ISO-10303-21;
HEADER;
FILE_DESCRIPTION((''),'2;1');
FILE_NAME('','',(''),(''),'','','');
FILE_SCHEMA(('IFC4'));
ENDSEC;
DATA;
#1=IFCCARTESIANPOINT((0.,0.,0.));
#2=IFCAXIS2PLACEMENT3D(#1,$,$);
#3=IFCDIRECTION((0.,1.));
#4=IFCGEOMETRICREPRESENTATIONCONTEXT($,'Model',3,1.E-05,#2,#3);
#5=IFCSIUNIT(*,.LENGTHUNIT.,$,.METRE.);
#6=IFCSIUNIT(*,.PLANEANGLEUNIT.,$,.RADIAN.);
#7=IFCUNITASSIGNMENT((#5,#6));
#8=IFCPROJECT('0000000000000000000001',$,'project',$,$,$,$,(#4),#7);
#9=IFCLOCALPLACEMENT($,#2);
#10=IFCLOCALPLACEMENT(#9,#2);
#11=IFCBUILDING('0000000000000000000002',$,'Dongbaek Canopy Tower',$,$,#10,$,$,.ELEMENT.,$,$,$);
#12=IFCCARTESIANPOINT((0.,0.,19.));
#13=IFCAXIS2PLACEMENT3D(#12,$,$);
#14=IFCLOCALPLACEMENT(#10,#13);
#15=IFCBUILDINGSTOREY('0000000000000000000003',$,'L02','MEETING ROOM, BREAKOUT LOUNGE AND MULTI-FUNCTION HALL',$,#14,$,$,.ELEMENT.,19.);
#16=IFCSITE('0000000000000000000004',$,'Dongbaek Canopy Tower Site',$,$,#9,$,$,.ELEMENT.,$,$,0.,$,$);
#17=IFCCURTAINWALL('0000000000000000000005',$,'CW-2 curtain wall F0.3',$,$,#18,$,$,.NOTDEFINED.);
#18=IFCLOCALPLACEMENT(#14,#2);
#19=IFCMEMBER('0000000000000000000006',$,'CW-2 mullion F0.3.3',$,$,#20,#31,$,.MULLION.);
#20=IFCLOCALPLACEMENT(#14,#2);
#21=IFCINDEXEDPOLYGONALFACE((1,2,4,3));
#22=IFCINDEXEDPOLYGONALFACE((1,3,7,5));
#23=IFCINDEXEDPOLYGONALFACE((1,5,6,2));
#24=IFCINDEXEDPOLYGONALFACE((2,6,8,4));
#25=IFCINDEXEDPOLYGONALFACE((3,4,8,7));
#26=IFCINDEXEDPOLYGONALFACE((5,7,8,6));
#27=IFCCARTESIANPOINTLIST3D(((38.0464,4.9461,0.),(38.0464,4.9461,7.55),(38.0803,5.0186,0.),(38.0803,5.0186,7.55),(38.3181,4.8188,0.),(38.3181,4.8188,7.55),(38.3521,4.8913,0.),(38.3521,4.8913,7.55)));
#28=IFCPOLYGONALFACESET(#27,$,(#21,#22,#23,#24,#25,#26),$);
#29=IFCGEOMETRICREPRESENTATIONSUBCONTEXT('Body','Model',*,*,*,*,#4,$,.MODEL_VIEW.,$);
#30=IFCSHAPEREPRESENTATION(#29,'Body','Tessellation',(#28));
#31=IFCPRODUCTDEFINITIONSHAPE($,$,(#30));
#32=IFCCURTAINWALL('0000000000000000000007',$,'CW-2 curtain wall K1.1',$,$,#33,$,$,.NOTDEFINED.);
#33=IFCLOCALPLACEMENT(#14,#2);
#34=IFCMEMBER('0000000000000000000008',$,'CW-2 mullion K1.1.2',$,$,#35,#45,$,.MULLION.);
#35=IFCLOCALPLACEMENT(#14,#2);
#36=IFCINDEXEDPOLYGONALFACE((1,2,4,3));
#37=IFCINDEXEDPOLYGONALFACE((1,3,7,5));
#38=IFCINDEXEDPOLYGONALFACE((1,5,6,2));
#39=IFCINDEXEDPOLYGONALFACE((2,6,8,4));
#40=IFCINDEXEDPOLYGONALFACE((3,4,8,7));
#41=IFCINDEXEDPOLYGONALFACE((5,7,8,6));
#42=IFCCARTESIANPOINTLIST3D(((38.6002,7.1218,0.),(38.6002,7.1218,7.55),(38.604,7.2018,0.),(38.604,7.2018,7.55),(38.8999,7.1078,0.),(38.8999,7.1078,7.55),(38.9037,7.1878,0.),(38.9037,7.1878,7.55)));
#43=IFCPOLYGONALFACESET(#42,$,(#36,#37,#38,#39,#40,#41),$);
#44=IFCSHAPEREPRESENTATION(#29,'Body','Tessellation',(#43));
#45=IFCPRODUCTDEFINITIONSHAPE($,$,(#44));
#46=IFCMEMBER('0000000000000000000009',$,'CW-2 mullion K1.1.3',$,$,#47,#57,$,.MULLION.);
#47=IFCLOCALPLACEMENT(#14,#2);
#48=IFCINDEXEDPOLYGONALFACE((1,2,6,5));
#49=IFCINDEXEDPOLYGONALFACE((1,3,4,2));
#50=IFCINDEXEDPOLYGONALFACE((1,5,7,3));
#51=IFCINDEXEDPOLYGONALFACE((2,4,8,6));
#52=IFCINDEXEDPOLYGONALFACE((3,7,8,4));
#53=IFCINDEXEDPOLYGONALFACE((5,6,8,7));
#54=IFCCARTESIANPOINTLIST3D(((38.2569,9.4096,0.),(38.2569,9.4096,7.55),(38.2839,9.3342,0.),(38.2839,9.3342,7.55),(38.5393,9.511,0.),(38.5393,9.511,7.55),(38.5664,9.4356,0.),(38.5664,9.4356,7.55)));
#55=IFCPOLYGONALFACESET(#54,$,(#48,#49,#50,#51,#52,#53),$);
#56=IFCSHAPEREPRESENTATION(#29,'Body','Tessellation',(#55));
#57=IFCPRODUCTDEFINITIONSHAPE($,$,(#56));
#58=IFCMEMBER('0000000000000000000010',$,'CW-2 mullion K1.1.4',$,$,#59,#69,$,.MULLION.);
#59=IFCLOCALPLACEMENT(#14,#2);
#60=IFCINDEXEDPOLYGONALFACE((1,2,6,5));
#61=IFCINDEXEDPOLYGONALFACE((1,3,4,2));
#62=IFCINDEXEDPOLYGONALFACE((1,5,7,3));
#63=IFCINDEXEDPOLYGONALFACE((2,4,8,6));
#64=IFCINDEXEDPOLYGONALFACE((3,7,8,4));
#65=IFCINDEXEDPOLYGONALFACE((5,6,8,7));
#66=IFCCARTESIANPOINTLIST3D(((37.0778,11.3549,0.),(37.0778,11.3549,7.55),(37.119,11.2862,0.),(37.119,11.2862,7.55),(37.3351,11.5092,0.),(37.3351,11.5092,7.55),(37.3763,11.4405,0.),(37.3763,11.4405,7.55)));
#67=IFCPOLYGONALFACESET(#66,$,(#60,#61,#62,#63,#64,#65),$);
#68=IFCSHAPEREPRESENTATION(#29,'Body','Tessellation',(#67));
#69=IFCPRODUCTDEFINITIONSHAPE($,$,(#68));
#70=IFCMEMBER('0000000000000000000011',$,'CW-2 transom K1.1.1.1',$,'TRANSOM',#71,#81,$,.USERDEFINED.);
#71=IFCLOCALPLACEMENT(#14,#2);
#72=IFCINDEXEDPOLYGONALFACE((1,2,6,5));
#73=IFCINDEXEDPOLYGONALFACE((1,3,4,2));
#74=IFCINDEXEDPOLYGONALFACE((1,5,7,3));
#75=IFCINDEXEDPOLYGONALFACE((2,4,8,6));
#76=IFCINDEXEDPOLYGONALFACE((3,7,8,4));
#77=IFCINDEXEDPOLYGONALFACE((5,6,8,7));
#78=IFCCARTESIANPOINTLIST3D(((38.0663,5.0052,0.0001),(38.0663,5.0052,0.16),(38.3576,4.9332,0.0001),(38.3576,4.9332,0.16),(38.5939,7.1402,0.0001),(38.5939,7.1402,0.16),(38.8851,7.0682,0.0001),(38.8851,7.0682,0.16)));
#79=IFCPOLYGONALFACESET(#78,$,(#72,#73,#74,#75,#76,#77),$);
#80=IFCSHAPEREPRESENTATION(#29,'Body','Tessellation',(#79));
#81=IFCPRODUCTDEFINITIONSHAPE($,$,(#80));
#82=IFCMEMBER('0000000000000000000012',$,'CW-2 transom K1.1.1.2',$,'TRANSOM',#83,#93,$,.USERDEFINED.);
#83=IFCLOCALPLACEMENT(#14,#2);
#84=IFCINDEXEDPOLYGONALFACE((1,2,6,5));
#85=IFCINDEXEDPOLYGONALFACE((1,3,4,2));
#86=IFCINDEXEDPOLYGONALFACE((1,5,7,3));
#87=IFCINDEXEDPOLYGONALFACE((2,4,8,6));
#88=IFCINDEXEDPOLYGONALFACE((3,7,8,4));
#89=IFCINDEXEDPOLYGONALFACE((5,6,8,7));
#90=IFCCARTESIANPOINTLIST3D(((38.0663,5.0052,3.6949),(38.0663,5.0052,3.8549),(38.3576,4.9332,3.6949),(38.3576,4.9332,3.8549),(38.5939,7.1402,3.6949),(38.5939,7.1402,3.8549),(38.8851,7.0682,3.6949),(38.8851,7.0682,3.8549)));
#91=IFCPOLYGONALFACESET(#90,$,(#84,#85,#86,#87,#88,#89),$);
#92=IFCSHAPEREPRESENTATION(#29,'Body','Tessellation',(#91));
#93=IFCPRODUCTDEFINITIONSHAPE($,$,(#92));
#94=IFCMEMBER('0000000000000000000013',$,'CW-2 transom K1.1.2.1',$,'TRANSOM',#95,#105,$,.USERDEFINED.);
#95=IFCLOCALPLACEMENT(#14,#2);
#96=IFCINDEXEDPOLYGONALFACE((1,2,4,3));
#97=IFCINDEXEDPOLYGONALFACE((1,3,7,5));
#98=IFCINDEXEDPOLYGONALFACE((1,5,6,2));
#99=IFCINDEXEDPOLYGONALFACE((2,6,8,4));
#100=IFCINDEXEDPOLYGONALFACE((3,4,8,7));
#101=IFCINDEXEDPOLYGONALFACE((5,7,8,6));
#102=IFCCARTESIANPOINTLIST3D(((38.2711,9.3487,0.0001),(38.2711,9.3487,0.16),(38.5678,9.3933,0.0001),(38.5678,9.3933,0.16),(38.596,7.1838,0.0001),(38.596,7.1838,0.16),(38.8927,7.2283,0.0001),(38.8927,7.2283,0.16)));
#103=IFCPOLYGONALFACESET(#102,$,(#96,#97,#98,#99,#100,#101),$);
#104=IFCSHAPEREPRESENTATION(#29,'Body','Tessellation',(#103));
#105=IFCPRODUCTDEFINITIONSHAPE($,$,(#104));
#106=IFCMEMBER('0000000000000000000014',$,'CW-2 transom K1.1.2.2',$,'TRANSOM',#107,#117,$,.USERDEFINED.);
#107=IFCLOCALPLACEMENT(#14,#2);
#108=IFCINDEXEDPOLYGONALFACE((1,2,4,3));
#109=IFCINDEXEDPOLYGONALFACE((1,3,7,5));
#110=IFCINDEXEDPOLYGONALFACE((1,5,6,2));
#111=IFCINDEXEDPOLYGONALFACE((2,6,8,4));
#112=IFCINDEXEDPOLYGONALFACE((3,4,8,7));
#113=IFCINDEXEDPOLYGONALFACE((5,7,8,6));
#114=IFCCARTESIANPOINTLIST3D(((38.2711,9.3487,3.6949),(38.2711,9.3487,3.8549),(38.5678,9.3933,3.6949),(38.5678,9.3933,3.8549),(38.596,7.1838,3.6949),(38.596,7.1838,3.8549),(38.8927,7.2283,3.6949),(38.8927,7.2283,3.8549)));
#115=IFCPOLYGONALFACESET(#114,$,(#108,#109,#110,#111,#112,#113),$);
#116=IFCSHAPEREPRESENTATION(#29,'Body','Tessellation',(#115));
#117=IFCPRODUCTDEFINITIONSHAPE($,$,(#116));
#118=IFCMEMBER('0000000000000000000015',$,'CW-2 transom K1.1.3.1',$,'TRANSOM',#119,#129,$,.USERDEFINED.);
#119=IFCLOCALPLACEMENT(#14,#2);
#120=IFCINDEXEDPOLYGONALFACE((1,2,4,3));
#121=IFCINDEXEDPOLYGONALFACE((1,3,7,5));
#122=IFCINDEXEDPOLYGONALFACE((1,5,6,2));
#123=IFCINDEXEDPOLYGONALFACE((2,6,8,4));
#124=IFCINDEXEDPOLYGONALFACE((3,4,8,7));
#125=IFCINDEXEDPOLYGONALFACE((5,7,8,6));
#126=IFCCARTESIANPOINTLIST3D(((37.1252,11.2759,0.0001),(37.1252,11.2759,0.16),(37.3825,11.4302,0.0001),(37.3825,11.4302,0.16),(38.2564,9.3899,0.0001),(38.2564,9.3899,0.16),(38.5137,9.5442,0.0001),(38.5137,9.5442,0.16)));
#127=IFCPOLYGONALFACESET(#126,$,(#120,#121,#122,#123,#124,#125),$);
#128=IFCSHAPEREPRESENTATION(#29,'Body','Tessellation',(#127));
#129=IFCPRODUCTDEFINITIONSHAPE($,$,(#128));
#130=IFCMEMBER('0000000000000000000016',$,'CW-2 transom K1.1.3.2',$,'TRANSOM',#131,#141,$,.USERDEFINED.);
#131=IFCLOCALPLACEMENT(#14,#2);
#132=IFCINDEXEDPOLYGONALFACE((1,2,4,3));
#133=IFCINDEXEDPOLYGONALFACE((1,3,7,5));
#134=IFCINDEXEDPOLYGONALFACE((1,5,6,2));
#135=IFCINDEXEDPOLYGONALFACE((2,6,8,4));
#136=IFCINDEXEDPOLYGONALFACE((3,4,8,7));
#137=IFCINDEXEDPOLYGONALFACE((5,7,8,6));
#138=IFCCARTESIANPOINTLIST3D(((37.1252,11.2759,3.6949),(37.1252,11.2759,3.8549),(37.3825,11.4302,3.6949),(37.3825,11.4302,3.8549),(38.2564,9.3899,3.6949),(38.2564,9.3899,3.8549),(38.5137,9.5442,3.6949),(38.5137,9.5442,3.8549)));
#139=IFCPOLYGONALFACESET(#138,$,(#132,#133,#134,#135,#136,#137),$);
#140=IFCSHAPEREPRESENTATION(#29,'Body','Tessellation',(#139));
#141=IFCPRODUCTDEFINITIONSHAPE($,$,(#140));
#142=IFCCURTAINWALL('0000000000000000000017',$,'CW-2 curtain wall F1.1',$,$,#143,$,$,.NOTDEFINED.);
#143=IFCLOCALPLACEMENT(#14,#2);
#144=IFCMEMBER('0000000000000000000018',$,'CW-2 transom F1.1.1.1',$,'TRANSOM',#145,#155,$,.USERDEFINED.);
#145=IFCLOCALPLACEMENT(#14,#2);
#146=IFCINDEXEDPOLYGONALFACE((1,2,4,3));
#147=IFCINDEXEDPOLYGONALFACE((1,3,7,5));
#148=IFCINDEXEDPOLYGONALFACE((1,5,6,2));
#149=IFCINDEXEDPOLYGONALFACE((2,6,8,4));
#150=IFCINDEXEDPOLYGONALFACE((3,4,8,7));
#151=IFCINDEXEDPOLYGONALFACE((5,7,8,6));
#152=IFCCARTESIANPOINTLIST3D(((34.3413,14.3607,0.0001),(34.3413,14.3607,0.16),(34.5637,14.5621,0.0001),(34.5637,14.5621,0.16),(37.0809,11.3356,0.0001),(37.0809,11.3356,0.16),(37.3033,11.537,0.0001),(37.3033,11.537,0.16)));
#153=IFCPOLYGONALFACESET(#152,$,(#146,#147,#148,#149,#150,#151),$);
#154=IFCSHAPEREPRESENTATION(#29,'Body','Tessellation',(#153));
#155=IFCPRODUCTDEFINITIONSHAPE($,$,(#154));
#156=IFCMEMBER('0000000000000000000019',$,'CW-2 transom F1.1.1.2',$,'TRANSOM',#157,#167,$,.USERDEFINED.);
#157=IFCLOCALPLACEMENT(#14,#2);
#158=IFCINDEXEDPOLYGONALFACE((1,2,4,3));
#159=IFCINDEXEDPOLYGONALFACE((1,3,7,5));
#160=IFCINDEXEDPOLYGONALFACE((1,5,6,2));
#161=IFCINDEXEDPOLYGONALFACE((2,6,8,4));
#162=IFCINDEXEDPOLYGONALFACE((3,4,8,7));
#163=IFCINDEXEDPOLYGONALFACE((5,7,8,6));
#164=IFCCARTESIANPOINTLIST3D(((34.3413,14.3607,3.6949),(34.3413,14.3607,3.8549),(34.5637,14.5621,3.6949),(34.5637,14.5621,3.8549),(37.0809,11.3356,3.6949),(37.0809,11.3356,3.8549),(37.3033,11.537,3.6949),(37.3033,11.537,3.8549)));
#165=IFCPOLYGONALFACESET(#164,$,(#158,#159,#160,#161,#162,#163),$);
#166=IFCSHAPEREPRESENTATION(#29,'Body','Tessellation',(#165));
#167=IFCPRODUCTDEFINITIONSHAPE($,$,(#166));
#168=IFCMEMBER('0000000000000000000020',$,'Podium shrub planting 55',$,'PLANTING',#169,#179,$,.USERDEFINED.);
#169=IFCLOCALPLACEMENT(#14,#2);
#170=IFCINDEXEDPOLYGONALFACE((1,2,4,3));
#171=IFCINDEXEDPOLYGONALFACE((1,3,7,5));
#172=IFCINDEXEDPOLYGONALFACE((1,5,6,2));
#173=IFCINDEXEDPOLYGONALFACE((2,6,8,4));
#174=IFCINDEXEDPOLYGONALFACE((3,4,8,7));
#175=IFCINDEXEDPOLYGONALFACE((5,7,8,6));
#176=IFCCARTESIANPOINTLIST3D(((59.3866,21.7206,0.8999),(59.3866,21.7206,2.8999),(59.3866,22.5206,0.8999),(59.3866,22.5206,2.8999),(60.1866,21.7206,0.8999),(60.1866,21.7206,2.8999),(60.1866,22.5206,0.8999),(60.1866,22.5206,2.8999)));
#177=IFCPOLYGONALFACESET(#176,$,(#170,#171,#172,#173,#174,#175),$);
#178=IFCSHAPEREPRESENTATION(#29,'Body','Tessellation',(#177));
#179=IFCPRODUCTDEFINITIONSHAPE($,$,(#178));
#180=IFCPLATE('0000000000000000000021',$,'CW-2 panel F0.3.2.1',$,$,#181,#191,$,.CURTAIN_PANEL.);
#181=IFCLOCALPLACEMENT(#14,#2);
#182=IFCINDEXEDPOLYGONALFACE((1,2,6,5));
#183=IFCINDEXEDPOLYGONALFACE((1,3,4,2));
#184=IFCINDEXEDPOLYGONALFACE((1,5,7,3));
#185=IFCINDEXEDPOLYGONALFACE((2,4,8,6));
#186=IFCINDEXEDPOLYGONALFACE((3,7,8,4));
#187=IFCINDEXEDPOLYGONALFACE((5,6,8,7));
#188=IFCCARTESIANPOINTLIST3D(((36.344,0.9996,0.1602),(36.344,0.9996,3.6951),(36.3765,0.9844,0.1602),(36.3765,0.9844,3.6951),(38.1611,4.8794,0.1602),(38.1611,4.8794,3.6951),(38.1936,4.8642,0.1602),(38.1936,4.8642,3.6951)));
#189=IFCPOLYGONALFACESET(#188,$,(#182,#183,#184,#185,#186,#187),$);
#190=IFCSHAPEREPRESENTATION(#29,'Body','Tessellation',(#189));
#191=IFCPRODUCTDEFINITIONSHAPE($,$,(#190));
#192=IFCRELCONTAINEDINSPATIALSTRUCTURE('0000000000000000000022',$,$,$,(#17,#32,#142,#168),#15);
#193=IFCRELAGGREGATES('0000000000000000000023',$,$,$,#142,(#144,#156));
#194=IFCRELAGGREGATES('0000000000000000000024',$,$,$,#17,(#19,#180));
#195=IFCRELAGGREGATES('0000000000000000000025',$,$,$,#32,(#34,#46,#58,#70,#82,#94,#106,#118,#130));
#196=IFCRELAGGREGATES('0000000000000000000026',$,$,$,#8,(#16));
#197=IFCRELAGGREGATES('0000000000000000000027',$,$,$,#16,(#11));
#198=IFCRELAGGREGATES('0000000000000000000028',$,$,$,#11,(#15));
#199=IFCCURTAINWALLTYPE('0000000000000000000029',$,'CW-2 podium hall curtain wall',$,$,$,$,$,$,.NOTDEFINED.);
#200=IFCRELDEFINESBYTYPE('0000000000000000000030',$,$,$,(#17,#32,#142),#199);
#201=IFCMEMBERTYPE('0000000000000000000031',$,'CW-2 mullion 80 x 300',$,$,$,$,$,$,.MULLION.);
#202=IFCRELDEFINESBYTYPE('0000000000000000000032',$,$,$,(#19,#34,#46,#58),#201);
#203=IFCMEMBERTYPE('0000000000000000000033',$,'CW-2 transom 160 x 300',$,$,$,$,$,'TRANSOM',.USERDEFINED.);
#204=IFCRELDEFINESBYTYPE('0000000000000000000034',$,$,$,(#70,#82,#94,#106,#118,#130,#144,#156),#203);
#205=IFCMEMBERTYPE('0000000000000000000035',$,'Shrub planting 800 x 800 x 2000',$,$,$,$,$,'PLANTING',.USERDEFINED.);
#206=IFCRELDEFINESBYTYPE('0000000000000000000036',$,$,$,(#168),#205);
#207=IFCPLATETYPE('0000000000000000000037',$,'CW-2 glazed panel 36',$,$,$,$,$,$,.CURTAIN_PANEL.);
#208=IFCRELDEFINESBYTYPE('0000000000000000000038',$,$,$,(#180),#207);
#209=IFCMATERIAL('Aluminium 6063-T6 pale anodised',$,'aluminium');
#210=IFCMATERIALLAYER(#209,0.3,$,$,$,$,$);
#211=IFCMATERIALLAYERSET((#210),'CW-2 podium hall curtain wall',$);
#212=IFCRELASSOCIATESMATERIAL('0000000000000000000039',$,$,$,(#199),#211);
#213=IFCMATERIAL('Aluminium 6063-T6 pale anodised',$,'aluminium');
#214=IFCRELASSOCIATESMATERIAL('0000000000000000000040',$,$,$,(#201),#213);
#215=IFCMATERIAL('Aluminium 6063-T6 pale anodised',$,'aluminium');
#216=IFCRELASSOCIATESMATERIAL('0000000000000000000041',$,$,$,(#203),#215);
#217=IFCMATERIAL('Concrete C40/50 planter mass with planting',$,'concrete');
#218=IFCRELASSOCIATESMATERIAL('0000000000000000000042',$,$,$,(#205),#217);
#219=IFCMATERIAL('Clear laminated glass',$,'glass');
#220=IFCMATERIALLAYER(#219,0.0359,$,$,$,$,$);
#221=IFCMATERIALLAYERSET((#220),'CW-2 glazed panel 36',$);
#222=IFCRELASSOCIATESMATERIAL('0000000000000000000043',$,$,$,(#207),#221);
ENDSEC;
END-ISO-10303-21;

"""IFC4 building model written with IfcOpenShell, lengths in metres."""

from ifc_helpers import new_model, si_unit, direction, frame, origin, origin_2d, place, context, subcontext, project, spatial, rectangle, extrude, material, layer, layer_set, material_profile, profile_set, type_object, element, aggregate, save


model = new_model("IFC4")

# Units and contexts
model_context = context("Model", 3, precision=1e-05, world=origin(), true_north=direction((0.0, 1.0)))
body_context = subcontext(model_context, "Body", "Model", "MODEL_VIEW")
ifc_project = project(units=[si_unit("LENGTHUNIT", "METRE"), si_unit("PLANEANGLEUNIT", "RADIAN")], contexts=[model_context])

# Site, building, storey
site_placement = place(None, origin())
site = spatial("IfcSite", under=ifc_project, at=site_placement, Name="Dongbaek Canopy Tower Site", CompositionType="ELEMENT", RefElevation=0.0)
building_placement = place(site_placement, origin())
building = spatial("IfcBuilding", under=site, at=building_placement, Name="Dongbaek Canopy Tower", CompositionType="ELEMENT")
storey_placement = place(building_placement, frame((0.0, 0.0, 19.0)))
storey = spatial("IfcBuildingStorey", under=building, at=storey_placement, Name="L02", Description="MEETING ROOM, BREAKOUT LOUNGE AND MULTI-FUNCTION HALL", CompositionType="ELEMENT", Elevation=19.0)

# Curtain wall, member
ifc_material_1 = material(Name="Aluminium 6063-T6 pale anodised", Category="aluminium")
ifc_layer_1 = layer(ifc_material_1, 0.3)
ifc_layer_set_1 = layer_set([ifc_layer_1], Name="CW-2 podium hall curtain wall")
curtain_wall_type = type_object("IfcCurtainWallType", Name="CW-2 podium hall curtain wall", PredefinedType="NOTDEFINED", material=ifc_layer_set_1)
curtain_wall_1_placement = place(storey_placement, origin())
curtain_wall_1 = element("IfcCurtainWall", 1, at=curtain_wall_1_placement, inside=storey, type_object=curtain_wall_type, Name="CW-2 curtain wall F0.3", PredefinedType="NOTDEFINED")
ifc_material_2 = material(Name="Aluminium 6063-T6 pale anodised", Category="aluminium")
ifc_material_profile_1 = material_profile(ifc_material_2, rectangle(XDim=0.3, YDim=0.0801, at=origin_2d()), Name="CW-2 mullion 80 x 300")
ifc_profile_set_1 = profile_set([ifc_material_profile_1], Name="Aluminium 6063-T6 pale anodised")
member_type_1 = type_object("IfcMemberType", Name="CW-2 mullion 80 x 300", PredefinedType="MULLION", material=ifc_profile_set_1)
member_1_placement = place(storey_placement, frame((38.1992, 4.9187, 0.0), z_axis=(0.0, 0.0, 1.0), x_axis=(0.905605, -0.424123, 0.0)))
member_1 = element("IfcMember", 2, at=member_1_placement, type_object=member_type_1, Name="CW-2 mullion F0.3.3", PredefinedType="MULLION", context=body_context, shape_type="SweptSolid", body=[
    extrude(rectangle(XDim=0.3, YDim=0.0801, at=origin_2d()), origin(), (0.0, 0.0, 1.0), 7.55),
])

# Curtain walls, members
curtain_wall_2_placement = place(storey_placement, origin())
curtain_wall_2 = element("IfcCurtainWall", 3, at=curtain_wall_2_placement, inside=storey, type_object=curtain_wall_type, Name="CW-2 curtain wall K1.1", PredefinedType="NOTDEFINED")
member_2_placement = place(storey_placement, frame((38.752, 7.1548, 0.0), z_axis=(0.0, 0.0, 1.0), x_axis=(0.99891, -0.046676, 0.0)))
member_2 = element("IfcMember", 4, at=member_2_placement, type_object=member_type_1, Name="CW-2 mullion K1.1.2", PredefinedType="MULLION", context=body_context, shape_type="SweptSolid", body=[
    extrude(rectangle(XDim=0.3, YDim=0.0801, at=origin_2d()), origin(), (0.0, 0.0, 1.0), 7.55),
])
member_3_placement = place(storey_placement, frame((38.4116, 9.4226, 0.0), z_axis=(0.0, 0.0, 1.0), x_axis=(0.941208, 0.337827, 0.0)))
member_3 = element("IfcMember", 5, at=member_3_placement, type_object=member_type_1, Name="CW-2 mullion K1.1.3", PredefinedType="MULLION", context=body_context, shape_type="SweptSolid", body=[
    extrude(rectangle(XDim=0.3, YDim=0.0801, at=origin_2d()), origin(), (0.0, 0.0, 1.0), 7.55),
])
member_4_placement = place(storey_placement, frame((37.2271, 11.3977, 0.0), z_axis=(0.0, 0.0, 1.0), x_axis=(0.857576, 0.514356, 0.0)))
member_4 = element("IfcMember", 6, at=member_4_placement, type_object=member_type_1, Name="CW-2 mullion K1.1.4", PredefinedType="MULLION", context=body_context, shape_type="SweptSolid", body=[
    extrude(rectangle(XDim=0.3, YDim=0.0801, at=origin_2d()), origin(), (0.0, 0.0, 1.0), 7.55),
])
ifc_material_3 = material(Name="Aluminium 6063-T6 pale anodised", Category="aluminium")
ifc_material_profile_2 = material_profile(ifc_material_3, rectangle(XDim=0.3, YDim=0.1599, at=origin_2d()), Name="CW-2 transom 160 x 300")
ifc_profile_set_2 = profile_set([ifc_material_profile_2], Name="Aluminium 6063-T6 pale anodised")
member_type_2 = type_object("IfcMemberType", Name="CW-2 transom 160 x 300", ElementType="TRANSOM", PredefinedType="USERDEFINED", material=ifc_profile_set_2)
member_5_placement = place(storey_placement, frame((38.2119, 4.9692, 0.0801), z_axis=(0.239897, 0.970798, 0.0), x_axis=(-0.970798, 0.239897, 0.0)))
member_5 = element("IfcMember", 7, at=member_5_placement, type_object=member_type_2, Name="CW-2 transom K1.1.1.1", ObjectType="TRANSOM", PredefinedType="USERDEFINED", context=body_context, shape_type="SweptSolid", body=[
    extrude(rectangle(XDim=0.3, YDim=0.1599, at=origin_2d()), origin(), (0.0, 0.0, 1.0), 2.1992),
])
member_6_placement = place(storey_placement, frame((38.2119, 4.9692, 3.7749), z_axis=(0.239897, 0.970798, 0.0), x_axis=(-0.970798, 0.239897, 0.0)))
member_6 = element("IfcMember", 8, at=member_6_placement, type_object=member_type_2, Name="CW-2 transom K1.1.1.2", ObjectType="TRANSOM", PredefinedType="USERDEFINED", context=body_context, shape_type="SweptSolid", body=[
    extrude(rectangle(XDim=0.3, YDim=0.1599, at=origin_2d()), origin(), (0.0, 0.0, 1.0), 2.1992),
])
member_7_placement = place(storey_placement, frame((38.7444, 7.2061, 0.0801), z_axis=(-0.148428, 0.988923, 0.0), x_axis=(-0.988923, -0.148428, 0.0)))
member_7 = element("IfcMember", 9, at=member_7_placement, type_object=member_type_2, Name="CW-2 transom K1.1.2.1", ObjectType="TRANSOM", PredefinedType="USERDEFINED", context=body_context, shape_type="SweptSolid", body=[
    extrude(rectangle(XDim=0.3, YDim=0.1599, at=origin_2d()), origin(), (0.0, 0.0, 1.0), 2.1892),
])
member_8_placement = place(storey_placement, frame((38.7444, 7.2061, 3.7749), z_axis=(-0.148428, 0.988923, 0.0), x_axis=(-0.988923, -0.148428, 0.0)))
member_8 = element("IfcMember", 10, at=member_8_placement, type_object=member_type_2, Name="CW-2 transom K1.1.2.2", ObjectType="TRANSOM", PredefinedType="USERDEFINED", context=body_context, shape_type="SweptSolid", body=[
    extrude(rectangle(XDim=0.3, YDim=0.1599, at=origin_2d()), origin(), (0.0, 0.0, 1.0), 2.1892),
])
member_9_placement = place(storey_placement, frame((38.385, 9.467, 0.0801), z_axis=(-0.514332, 0.857591, 0.0), x_axis=(-0.857591, -0.514332, 0.0)))
member_9 = element("IfcMember", 11, at=member_9_placement, type_object=member_type_2, Name="CW-2 transom K1.1.3.1", ObjectType="TRANSOM", PredefinedType="USERDEFINED", context=body_context, shape_type="SweptSolid", body=[
    extrude(rectangle(XDim=0.3, YDim=0.1599, at=origin_2d()), origin(), (0.0, 0.0, 1.0), 2.1992),
])
member_10_placement = place(storey_placement, frame((38.385, 9.467, 3.7749), z_axis=(-0.514332, 0.857591, 0.0), x_axis=(-0.857591, -0.514332, 0.0)))
member_10 = element("IfcMember", 12, at=member_10_placement, type_object=member_type_2, Name="CW-2 transom K1.1.3.2", ObjectType="TRANSOM", PredefinedType="USERDEFINED", context=body_context, shape_type="SweptSolid", body=[
    extrude(rectangle(XDim=0.3, YDim=0.1599, at=origin_2d()), origin(), (0.0, 0.0, 1.0), 2.1992),
])
curtain_wall_3_placement = place(storey_placement, origin())
curtain_wall_3 = element("IfcCurtainWall", 13, at=curtain_wall_3_placement, inside=storey, type_object=curtain_wall_type, Name="CW-2 curtain wall F1.1", PredefinedType="NOTDEFINED")
member_11_placement = place(storey_placement, frame((37.1921, 11.4363, 0.0801), z_axis=(-0.671278, 0.741205, 0.0), x_axis=(-0.741205, -0.671278, 0.0)))
member_11 = element("IfcMember", 14, at=member_11_placement, type_object=member_type_2, Name="CW-2 transom F1.1.1.1", ObjectType="TRANSOM", PredefinedType="USERDEFINED", context=body_context, shape_type="SweptSolid", body=[
    extrude(rectangle(XDim=0.3, YDim=0.1599, at=origin_2d()), origin(), (0.0, 0.0, 1.0), 4.0813),
])
member_12_placement = place(storey_placement, frame((37.1921, 11.4363, 3.7749), z_axis=(-0.671278, 0.741205, 0.0), x_axis=(-0.741205, -0.671278, 0.0)))
member_12 = element("IfcMember", 15, at=member_12_placement, type_object=member_type_2, Name="CW-2 transom F1.1.1.2", ObjectType="TRANSOM", PredefinedType="USERDEFINED", context=body_context, shape_type="SweptSolid", body=[
    extrude(rectangle(XDim=0.3, YDim=0.1599, at=origin_2d()), origin(), (0.0, 0.0, 1.0), 4.0813),
])
aggregate(curtain_wall_3, [member_11, member_12])

# Member
ifc_material_4 = material(Name="Concrete C40/50 planter mass with planting", Category="concrete")
ifc_material_profile_3 = material_profile(ifc_material_4, rectangle(XDim=0.8, YDim=0.8, at=origin_2d()), Name="Shrub planting 800 x 800 x 2000")
ifc_profile_set_3 = profile_set([ifc_material_profile_3], Name="Concrete C40/50 planter mass with planting")
member_type_3 = type_object("IfcMemberType", Name="Shrub planting 800 x 800 x 2000", ElementType="PLANTING", PredefinedType="USERDEFINED", material=ifc_profile_set_3)
member_13_placement = place(storey_placement, frame((59.7866, 22.1206, 0.8999), z_axis=(0.0, 0.0, 1.0), x_axis=(1.0, 0.0, 0.0)))
element("IfcMember", 16, at=member_13_placement, inside=storey, type_object=member_type_3, Name="Podium shrub planting 55", ObjectType="PLANTING", PredefinedType="USERDEFINED", context=body_context, shape_type="SweptSolid", body=[
    extrude(rectangle(XDim=0.8, YDim=0.8, at=origin_2d()), origin(), (0.0, 0.0, 1.0), 2.0),
])

# Plate
ifc_material_5 = material(Name="Clear laminated glass", Category="glass")
ifc_layer_2 = layer(ifc_material_5, 0.0359)
ifc_layer_set_2 = layer_set([ifc_layer_2], Name="CW-2 glazed panel 36")
plate_type = type_object("IfcPlateType", Name="CW-2 glazed panel 36", PredefinedType="CURTAIN_PANEL", material=ifc_layer_set_2)
plate_1_placement = place(storey_placement, frame((37.2688, 2.9319, 0.1602), z_axis=(0.0, 0.0, 1.0), x_axis=(0.424123, 0.905605, 0.0)))
plate_1 = element("IfcPlate", 17, at=plate_1_placement, type_object=plate_type, Name="CW-2 panel F0.3.2.1", PredefinedType="CURTAIN_PANEL", context=body_context, shape_type="SweptSolid", body=[
    extrude(rectangle(XDim=4.2842, YDim=0.0359, at=origin_2d()), origin(), (0.0, 0.0, 1.0), 3.5349),
])
aggregate(curtain_wall_1, [member_1, plate_1])
aggregate(curtain_wall_2, [member_2, member_3, member_4, member_5, member_6, member_7, member_8, member_9, member_10])

save(model, "model.ifc")
